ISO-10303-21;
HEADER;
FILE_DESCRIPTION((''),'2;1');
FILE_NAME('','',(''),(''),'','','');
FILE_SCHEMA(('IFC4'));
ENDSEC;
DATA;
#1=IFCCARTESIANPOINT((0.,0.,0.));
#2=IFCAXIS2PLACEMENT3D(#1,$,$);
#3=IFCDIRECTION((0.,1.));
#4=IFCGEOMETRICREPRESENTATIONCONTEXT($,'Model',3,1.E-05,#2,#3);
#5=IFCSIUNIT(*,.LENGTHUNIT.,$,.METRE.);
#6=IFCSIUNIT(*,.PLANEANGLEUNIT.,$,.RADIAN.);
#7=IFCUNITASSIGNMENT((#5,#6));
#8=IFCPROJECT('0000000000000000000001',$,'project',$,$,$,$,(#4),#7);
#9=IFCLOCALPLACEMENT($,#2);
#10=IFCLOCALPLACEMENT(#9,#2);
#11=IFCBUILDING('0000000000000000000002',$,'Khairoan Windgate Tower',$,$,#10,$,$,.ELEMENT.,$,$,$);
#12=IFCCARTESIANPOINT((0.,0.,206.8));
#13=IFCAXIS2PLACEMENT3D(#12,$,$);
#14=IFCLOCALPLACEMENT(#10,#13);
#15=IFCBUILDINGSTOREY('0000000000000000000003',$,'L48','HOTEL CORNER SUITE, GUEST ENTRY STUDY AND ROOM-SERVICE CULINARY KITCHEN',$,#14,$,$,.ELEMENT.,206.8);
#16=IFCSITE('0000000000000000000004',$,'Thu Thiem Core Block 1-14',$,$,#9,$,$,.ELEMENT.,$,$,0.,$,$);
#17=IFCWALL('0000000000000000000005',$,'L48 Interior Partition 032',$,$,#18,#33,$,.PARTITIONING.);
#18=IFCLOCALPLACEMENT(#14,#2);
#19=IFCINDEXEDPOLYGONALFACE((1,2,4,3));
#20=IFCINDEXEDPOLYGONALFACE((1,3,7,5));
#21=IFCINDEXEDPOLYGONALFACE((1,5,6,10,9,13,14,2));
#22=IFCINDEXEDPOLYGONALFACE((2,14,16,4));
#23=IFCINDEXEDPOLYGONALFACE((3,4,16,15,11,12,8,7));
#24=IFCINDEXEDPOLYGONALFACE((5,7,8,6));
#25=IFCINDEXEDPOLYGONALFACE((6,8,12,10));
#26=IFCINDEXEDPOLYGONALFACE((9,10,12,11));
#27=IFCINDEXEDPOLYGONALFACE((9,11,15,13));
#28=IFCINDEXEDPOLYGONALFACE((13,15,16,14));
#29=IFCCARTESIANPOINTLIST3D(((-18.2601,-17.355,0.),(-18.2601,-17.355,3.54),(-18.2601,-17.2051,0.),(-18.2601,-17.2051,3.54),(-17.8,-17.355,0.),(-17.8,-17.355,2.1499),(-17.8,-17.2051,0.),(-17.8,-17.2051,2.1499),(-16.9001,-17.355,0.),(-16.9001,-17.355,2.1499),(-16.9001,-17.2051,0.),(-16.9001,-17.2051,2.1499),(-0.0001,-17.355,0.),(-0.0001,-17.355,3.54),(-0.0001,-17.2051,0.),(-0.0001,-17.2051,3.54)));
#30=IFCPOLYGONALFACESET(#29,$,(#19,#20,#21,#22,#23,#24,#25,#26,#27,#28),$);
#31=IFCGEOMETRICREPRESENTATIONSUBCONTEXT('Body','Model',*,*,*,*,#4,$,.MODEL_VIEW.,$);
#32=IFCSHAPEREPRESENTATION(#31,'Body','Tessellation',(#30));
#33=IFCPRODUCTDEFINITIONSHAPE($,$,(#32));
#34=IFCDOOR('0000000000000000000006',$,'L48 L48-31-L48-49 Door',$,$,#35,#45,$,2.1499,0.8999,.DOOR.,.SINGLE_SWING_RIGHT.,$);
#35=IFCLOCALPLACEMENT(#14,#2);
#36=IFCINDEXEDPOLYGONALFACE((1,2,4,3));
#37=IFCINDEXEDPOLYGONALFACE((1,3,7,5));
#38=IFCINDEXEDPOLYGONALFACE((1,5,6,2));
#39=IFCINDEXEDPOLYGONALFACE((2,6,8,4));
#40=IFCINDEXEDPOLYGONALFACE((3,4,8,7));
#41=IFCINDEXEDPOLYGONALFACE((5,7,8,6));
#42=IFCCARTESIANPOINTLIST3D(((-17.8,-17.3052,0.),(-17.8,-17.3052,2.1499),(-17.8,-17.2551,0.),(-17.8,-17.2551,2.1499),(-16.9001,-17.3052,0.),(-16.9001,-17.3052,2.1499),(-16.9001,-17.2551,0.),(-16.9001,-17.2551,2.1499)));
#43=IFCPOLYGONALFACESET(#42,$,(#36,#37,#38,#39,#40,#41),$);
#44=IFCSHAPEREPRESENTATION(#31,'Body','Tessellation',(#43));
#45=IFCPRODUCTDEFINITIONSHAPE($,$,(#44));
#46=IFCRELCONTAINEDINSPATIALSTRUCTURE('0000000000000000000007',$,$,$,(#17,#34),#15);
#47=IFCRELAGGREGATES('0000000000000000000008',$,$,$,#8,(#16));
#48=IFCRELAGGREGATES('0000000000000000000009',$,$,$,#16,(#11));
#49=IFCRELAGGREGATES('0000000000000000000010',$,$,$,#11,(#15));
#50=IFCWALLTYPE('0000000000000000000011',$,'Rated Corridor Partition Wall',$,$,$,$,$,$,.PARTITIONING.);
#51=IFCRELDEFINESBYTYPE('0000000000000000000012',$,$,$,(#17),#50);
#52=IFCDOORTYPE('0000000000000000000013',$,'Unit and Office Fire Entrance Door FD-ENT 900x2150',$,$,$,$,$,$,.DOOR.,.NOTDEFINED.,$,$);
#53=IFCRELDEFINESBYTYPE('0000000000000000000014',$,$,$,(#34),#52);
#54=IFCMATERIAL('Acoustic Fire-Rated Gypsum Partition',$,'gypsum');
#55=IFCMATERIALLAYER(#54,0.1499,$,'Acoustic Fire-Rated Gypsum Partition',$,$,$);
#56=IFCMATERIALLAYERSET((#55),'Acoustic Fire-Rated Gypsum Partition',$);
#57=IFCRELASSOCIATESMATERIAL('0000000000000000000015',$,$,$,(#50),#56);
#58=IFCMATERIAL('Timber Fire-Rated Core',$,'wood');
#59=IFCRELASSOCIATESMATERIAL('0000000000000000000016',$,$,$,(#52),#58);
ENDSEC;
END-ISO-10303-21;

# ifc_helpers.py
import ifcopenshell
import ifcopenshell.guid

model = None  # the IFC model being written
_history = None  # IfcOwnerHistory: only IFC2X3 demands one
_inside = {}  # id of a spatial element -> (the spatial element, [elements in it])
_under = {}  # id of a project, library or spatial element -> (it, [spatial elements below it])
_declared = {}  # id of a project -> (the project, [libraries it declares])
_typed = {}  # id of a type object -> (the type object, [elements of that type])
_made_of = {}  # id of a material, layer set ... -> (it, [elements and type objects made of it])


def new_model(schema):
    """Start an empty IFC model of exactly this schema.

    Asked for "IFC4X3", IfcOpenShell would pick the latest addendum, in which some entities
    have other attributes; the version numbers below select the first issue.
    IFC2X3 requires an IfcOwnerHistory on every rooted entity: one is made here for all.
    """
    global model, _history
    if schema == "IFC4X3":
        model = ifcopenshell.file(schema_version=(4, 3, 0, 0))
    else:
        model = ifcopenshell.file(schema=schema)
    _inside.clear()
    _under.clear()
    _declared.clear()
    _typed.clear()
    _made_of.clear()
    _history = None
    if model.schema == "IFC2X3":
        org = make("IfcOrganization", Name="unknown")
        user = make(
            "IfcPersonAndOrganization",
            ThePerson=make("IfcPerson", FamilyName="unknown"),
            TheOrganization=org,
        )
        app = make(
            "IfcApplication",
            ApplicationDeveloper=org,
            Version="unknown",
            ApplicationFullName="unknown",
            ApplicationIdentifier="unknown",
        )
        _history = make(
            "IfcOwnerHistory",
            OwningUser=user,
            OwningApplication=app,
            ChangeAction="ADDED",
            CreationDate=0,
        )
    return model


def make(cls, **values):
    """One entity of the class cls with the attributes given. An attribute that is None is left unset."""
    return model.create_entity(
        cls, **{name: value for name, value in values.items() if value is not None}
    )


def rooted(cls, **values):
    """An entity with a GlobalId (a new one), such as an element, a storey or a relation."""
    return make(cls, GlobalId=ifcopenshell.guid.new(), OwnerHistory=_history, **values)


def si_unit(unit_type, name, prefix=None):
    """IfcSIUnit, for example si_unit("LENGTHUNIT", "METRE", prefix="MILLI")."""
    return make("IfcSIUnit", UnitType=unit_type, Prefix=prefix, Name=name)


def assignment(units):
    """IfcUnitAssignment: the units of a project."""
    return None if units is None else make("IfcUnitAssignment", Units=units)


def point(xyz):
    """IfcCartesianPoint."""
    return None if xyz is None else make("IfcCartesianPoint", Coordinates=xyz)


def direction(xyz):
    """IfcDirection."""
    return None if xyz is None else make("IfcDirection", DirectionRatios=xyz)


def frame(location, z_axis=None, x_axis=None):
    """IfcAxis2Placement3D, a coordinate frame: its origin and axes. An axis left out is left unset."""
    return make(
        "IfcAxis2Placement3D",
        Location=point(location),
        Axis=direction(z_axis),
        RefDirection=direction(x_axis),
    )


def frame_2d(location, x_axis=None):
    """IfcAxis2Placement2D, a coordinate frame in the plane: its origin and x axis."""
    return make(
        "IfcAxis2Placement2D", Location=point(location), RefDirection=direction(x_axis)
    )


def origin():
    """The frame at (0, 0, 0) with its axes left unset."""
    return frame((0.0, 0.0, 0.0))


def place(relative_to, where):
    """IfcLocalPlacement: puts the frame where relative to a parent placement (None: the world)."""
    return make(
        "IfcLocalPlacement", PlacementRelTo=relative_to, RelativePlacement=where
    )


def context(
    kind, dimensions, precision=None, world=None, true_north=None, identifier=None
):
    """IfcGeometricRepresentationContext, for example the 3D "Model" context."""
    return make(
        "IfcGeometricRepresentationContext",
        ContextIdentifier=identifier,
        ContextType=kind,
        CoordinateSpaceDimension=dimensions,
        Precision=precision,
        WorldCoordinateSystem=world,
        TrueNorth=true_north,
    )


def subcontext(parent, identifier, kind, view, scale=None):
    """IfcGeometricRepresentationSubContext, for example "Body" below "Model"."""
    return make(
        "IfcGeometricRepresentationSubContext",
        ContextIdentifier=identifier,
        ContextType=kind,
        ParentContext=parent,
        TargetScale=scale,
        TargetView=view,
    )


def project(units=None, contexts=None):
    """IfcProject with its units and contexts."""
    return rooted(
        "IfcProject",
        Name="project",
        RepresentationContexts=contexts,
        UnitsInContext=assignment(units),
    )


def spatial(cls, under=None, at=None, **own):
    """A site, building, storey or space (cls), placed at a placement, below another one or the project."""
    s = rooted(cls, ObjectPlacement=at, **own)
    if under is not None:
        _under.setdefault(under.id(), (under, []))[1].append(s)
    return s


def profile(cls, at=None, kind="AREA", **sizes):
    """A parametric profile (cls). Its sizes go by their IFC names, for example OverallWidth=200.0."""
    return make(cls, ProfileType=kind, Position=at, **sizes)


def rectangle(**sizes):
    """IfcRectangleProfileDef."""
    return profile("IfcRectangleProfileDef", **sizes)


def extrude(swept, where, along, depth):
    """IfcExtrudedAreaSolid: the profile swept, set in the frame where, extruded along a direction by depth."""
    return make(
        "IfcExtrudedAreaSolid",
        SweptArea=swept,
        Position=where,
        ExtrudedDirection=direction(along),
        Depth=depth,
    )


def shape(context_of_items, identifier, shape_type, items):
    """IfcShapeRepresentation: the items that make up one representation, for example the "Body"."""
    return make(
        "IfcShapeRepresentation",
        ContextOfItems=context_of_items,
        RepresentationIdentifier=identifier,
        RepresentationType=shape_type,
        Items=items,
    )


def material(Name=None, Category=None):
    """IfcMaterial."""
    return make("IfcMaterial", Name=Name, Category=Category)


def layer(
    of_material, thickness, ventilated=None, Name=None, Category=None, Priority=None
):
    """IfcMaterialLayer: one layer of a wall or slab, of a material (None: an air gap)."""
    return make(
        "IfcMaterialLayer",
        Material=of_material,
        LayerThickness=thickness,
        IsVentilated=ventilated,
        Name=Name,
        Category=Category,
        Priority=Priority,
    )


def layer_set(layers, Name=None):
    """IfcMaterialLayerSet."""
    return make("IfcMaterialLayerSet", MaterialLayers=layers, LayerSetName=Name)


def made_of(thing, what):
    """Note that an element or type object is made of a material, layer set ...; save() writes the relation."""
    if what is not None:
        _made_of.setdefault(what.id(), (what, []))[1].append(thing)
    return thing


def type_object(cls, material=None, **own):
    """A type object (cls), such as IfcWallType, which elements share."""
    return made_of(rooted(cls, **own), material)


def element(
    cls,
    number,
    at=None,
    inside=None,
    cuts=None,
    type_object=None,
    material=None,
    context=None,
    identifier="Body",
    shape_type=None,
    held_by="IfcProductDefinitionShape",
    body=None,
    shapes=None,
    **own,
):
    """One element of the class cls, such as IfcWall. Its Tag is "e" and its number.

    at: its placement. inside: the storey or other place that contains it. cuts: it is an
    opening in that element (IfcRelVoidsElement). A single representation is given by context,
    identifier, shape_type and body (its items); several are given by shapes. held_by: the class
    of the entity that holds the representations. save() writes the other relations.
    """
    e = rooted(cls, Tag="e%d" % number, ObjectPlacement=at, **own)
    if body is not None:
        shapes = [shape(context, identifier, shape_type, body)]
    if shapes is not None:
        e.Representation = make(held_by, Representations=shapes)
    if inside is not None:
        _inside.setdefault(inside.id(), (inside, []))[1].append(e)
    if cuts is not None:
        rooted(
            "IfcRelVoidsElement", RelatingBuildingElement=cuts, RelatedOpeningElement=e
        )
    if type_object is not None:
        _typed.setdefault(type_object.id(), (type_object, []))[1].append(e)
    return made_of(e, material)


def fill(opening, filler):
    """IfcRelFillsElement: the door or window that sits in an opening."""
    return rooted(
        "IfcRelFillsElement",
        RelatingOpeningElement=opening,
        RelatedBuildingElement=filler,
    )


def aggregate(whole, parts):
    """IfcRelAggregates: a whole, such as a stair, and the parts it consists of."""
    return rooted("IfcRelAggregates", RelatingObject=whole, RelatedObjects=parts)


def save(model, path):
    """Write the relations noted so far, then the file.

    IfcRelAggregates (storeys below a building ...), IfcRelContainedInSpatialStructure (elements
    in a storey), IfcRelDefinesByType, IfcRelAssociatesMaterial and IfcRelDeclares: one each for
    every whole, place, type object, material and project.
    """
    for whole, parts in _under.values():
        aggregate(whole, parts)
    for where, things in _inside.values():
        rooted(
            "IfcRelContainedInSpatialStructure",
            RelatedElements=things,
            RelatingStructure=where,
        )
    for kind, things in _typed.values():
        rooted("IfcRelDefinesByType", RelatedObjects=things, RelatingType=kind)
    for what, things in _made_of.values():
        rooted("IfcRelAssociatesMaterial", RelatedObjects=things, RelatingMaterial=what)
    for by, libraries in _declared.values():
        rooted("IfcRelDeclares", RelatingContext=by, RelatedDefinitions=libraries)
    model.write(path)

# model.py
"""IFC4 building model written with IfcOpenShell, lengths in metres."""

from ifc_helpers import new_model, si_unit, direction, frame, frame_2d, origin, place, context, subcontext, project, spatial, rectangle, extrude, material, layer, layer_set, type_object, element, fill, save


model = new_model("IFC4")

# Units and contexts
model_context = context("Model", 3, precision=1e-05, world=origin(), true_north=direction((0.0, 1.0)))
body_context = subcontext(model_context, "Body", "Model", "MODEL_VIEW")
ifc_project = project(units=[si_unit("LENGTHUNIT", "METRE"), si_unit("PLANEANGLEUNIT", "RADIAN")], contexts=[model_context])

# Site, building, storey
site_placement = place(None, origin())
site = spatial("IfcSite", under=ifc_project, at=site_placement, Name="Thu Thiem Core Block 1-14", CompositionType="ELEMENT", RefElevation=0.0)
building_placement = place(site_placement, origin())
building = spatial("IfcBuilding", under=site, at=building_placement, Name="Khairoan Windgate Tower", CompositionType="ELEMENT")
storey_placement = place(building_placement, frame((0.0, 0.0, 206.8)))
storey = spatial("IfcBuildingStorey", under=building, at=storey_placement, Name="L48", Description="HOTEL CORNER SUITE, GUEST ENTRY STUDY AND ROOM-SERVICE CULINARY KITCHEN", CompositionType="ELEMENT", Elevation=206.8)

# Shared definitions
ifc_material_1 = material(Name="Acoustic Fire-Rated Gypsum Partition", Category="gypsum")
ifc_layer_1 = layer(ifc_material_1, 0.1499, Name="Acoustic Fire-Rated Gypsum Partition")
ifc_layer_set_1 = layer_set([ifc_layer_1], Name="Acoustic Fire-Rated Gypsum Partition")
wall_type = type_object("IfcWallType", Name="Rated Corridor Partition Wall", PredefinedType="PARTITIONING", material=ifc_layer_set_1)

# Wall, opening, door
wall_1_placement = place(storey_placement, frame((-18.26, -17.28, 0.0), z_axis=(0.0, 0.0, 1.0), x_axis=(1.0, 0.0, 0.0)))
wall_1 = element("IfcWall", 1, at=wall_1_placement, inside=storey, type_object=wall_type, Name="L48 Interior Partition 032", PredefinedType="PARTITIONING", context=body_context, shape_type="SweptSolid", body=[
    extrude(rectangle(XDim=18.26, YDim=0.1499, at=frame_2d((9.1299, 0.0))), origin(), (0.0, 0.0, 1.0), 3.54),
])
opening_1_placement = place(wall_1_placement, frame((0.46, 0.0, 0.0)))
opening_1 = element("IfcOpeningElement", 2, at=opening_1_placement, cuts=wall_1, PredefinedType="OPENING", context=body_context, shape_type="SweptSolid", body=[
    extrude(rectangle(XDim=0.8999, YDim=2.1499, at=frame_2d((0.45, 1.075))), frame((0.0, 0.085, 0.0), z_axis=(0.0, -1.0, 0.0), x_axis=(1.0, 0.0, 0.0)), (0.0, 0.0, 1.0), 0.1699),
])
ifc_material_2 = material(Name="Timber Fire-Rated Core", Category="wood")
door_type = type_object("IfcDoorType", Name="Unit and Office Fire Entrance Door FD-ENT 900x2150", OperationType="NOTDEFINED", PredefinedType="DOOR", material=ifc_material_2)
door_1_placement = place(opening_1_placement, origin())
door_1 = element("IfcDoor", 3, at=door_1_placement, inside=storey, type_object=door_type, Name="L48 L48-31-L48-49 Door", OperationType="SINGLE_SWING_RIGHT", OverallHeight=2.1499, OverallWidth=0.8999, PredefinedType="DOOR", context=body_context, shape_type="SweptSolid", body=[
    extrude(rectangle(XDim=0.8999, YDim=2.1499, at=frame_2d((0.45, 1.075))), frame((0.0, 0.0249, 0.0), z_axis=(0.0, -1.0, 0.0), x_axis=(1.0, 0.0, 0.0)), (0.0, 0.0, 1.0), 0.05),
])
fill(opening_1, door_1)

save(model, "model.ifc")
